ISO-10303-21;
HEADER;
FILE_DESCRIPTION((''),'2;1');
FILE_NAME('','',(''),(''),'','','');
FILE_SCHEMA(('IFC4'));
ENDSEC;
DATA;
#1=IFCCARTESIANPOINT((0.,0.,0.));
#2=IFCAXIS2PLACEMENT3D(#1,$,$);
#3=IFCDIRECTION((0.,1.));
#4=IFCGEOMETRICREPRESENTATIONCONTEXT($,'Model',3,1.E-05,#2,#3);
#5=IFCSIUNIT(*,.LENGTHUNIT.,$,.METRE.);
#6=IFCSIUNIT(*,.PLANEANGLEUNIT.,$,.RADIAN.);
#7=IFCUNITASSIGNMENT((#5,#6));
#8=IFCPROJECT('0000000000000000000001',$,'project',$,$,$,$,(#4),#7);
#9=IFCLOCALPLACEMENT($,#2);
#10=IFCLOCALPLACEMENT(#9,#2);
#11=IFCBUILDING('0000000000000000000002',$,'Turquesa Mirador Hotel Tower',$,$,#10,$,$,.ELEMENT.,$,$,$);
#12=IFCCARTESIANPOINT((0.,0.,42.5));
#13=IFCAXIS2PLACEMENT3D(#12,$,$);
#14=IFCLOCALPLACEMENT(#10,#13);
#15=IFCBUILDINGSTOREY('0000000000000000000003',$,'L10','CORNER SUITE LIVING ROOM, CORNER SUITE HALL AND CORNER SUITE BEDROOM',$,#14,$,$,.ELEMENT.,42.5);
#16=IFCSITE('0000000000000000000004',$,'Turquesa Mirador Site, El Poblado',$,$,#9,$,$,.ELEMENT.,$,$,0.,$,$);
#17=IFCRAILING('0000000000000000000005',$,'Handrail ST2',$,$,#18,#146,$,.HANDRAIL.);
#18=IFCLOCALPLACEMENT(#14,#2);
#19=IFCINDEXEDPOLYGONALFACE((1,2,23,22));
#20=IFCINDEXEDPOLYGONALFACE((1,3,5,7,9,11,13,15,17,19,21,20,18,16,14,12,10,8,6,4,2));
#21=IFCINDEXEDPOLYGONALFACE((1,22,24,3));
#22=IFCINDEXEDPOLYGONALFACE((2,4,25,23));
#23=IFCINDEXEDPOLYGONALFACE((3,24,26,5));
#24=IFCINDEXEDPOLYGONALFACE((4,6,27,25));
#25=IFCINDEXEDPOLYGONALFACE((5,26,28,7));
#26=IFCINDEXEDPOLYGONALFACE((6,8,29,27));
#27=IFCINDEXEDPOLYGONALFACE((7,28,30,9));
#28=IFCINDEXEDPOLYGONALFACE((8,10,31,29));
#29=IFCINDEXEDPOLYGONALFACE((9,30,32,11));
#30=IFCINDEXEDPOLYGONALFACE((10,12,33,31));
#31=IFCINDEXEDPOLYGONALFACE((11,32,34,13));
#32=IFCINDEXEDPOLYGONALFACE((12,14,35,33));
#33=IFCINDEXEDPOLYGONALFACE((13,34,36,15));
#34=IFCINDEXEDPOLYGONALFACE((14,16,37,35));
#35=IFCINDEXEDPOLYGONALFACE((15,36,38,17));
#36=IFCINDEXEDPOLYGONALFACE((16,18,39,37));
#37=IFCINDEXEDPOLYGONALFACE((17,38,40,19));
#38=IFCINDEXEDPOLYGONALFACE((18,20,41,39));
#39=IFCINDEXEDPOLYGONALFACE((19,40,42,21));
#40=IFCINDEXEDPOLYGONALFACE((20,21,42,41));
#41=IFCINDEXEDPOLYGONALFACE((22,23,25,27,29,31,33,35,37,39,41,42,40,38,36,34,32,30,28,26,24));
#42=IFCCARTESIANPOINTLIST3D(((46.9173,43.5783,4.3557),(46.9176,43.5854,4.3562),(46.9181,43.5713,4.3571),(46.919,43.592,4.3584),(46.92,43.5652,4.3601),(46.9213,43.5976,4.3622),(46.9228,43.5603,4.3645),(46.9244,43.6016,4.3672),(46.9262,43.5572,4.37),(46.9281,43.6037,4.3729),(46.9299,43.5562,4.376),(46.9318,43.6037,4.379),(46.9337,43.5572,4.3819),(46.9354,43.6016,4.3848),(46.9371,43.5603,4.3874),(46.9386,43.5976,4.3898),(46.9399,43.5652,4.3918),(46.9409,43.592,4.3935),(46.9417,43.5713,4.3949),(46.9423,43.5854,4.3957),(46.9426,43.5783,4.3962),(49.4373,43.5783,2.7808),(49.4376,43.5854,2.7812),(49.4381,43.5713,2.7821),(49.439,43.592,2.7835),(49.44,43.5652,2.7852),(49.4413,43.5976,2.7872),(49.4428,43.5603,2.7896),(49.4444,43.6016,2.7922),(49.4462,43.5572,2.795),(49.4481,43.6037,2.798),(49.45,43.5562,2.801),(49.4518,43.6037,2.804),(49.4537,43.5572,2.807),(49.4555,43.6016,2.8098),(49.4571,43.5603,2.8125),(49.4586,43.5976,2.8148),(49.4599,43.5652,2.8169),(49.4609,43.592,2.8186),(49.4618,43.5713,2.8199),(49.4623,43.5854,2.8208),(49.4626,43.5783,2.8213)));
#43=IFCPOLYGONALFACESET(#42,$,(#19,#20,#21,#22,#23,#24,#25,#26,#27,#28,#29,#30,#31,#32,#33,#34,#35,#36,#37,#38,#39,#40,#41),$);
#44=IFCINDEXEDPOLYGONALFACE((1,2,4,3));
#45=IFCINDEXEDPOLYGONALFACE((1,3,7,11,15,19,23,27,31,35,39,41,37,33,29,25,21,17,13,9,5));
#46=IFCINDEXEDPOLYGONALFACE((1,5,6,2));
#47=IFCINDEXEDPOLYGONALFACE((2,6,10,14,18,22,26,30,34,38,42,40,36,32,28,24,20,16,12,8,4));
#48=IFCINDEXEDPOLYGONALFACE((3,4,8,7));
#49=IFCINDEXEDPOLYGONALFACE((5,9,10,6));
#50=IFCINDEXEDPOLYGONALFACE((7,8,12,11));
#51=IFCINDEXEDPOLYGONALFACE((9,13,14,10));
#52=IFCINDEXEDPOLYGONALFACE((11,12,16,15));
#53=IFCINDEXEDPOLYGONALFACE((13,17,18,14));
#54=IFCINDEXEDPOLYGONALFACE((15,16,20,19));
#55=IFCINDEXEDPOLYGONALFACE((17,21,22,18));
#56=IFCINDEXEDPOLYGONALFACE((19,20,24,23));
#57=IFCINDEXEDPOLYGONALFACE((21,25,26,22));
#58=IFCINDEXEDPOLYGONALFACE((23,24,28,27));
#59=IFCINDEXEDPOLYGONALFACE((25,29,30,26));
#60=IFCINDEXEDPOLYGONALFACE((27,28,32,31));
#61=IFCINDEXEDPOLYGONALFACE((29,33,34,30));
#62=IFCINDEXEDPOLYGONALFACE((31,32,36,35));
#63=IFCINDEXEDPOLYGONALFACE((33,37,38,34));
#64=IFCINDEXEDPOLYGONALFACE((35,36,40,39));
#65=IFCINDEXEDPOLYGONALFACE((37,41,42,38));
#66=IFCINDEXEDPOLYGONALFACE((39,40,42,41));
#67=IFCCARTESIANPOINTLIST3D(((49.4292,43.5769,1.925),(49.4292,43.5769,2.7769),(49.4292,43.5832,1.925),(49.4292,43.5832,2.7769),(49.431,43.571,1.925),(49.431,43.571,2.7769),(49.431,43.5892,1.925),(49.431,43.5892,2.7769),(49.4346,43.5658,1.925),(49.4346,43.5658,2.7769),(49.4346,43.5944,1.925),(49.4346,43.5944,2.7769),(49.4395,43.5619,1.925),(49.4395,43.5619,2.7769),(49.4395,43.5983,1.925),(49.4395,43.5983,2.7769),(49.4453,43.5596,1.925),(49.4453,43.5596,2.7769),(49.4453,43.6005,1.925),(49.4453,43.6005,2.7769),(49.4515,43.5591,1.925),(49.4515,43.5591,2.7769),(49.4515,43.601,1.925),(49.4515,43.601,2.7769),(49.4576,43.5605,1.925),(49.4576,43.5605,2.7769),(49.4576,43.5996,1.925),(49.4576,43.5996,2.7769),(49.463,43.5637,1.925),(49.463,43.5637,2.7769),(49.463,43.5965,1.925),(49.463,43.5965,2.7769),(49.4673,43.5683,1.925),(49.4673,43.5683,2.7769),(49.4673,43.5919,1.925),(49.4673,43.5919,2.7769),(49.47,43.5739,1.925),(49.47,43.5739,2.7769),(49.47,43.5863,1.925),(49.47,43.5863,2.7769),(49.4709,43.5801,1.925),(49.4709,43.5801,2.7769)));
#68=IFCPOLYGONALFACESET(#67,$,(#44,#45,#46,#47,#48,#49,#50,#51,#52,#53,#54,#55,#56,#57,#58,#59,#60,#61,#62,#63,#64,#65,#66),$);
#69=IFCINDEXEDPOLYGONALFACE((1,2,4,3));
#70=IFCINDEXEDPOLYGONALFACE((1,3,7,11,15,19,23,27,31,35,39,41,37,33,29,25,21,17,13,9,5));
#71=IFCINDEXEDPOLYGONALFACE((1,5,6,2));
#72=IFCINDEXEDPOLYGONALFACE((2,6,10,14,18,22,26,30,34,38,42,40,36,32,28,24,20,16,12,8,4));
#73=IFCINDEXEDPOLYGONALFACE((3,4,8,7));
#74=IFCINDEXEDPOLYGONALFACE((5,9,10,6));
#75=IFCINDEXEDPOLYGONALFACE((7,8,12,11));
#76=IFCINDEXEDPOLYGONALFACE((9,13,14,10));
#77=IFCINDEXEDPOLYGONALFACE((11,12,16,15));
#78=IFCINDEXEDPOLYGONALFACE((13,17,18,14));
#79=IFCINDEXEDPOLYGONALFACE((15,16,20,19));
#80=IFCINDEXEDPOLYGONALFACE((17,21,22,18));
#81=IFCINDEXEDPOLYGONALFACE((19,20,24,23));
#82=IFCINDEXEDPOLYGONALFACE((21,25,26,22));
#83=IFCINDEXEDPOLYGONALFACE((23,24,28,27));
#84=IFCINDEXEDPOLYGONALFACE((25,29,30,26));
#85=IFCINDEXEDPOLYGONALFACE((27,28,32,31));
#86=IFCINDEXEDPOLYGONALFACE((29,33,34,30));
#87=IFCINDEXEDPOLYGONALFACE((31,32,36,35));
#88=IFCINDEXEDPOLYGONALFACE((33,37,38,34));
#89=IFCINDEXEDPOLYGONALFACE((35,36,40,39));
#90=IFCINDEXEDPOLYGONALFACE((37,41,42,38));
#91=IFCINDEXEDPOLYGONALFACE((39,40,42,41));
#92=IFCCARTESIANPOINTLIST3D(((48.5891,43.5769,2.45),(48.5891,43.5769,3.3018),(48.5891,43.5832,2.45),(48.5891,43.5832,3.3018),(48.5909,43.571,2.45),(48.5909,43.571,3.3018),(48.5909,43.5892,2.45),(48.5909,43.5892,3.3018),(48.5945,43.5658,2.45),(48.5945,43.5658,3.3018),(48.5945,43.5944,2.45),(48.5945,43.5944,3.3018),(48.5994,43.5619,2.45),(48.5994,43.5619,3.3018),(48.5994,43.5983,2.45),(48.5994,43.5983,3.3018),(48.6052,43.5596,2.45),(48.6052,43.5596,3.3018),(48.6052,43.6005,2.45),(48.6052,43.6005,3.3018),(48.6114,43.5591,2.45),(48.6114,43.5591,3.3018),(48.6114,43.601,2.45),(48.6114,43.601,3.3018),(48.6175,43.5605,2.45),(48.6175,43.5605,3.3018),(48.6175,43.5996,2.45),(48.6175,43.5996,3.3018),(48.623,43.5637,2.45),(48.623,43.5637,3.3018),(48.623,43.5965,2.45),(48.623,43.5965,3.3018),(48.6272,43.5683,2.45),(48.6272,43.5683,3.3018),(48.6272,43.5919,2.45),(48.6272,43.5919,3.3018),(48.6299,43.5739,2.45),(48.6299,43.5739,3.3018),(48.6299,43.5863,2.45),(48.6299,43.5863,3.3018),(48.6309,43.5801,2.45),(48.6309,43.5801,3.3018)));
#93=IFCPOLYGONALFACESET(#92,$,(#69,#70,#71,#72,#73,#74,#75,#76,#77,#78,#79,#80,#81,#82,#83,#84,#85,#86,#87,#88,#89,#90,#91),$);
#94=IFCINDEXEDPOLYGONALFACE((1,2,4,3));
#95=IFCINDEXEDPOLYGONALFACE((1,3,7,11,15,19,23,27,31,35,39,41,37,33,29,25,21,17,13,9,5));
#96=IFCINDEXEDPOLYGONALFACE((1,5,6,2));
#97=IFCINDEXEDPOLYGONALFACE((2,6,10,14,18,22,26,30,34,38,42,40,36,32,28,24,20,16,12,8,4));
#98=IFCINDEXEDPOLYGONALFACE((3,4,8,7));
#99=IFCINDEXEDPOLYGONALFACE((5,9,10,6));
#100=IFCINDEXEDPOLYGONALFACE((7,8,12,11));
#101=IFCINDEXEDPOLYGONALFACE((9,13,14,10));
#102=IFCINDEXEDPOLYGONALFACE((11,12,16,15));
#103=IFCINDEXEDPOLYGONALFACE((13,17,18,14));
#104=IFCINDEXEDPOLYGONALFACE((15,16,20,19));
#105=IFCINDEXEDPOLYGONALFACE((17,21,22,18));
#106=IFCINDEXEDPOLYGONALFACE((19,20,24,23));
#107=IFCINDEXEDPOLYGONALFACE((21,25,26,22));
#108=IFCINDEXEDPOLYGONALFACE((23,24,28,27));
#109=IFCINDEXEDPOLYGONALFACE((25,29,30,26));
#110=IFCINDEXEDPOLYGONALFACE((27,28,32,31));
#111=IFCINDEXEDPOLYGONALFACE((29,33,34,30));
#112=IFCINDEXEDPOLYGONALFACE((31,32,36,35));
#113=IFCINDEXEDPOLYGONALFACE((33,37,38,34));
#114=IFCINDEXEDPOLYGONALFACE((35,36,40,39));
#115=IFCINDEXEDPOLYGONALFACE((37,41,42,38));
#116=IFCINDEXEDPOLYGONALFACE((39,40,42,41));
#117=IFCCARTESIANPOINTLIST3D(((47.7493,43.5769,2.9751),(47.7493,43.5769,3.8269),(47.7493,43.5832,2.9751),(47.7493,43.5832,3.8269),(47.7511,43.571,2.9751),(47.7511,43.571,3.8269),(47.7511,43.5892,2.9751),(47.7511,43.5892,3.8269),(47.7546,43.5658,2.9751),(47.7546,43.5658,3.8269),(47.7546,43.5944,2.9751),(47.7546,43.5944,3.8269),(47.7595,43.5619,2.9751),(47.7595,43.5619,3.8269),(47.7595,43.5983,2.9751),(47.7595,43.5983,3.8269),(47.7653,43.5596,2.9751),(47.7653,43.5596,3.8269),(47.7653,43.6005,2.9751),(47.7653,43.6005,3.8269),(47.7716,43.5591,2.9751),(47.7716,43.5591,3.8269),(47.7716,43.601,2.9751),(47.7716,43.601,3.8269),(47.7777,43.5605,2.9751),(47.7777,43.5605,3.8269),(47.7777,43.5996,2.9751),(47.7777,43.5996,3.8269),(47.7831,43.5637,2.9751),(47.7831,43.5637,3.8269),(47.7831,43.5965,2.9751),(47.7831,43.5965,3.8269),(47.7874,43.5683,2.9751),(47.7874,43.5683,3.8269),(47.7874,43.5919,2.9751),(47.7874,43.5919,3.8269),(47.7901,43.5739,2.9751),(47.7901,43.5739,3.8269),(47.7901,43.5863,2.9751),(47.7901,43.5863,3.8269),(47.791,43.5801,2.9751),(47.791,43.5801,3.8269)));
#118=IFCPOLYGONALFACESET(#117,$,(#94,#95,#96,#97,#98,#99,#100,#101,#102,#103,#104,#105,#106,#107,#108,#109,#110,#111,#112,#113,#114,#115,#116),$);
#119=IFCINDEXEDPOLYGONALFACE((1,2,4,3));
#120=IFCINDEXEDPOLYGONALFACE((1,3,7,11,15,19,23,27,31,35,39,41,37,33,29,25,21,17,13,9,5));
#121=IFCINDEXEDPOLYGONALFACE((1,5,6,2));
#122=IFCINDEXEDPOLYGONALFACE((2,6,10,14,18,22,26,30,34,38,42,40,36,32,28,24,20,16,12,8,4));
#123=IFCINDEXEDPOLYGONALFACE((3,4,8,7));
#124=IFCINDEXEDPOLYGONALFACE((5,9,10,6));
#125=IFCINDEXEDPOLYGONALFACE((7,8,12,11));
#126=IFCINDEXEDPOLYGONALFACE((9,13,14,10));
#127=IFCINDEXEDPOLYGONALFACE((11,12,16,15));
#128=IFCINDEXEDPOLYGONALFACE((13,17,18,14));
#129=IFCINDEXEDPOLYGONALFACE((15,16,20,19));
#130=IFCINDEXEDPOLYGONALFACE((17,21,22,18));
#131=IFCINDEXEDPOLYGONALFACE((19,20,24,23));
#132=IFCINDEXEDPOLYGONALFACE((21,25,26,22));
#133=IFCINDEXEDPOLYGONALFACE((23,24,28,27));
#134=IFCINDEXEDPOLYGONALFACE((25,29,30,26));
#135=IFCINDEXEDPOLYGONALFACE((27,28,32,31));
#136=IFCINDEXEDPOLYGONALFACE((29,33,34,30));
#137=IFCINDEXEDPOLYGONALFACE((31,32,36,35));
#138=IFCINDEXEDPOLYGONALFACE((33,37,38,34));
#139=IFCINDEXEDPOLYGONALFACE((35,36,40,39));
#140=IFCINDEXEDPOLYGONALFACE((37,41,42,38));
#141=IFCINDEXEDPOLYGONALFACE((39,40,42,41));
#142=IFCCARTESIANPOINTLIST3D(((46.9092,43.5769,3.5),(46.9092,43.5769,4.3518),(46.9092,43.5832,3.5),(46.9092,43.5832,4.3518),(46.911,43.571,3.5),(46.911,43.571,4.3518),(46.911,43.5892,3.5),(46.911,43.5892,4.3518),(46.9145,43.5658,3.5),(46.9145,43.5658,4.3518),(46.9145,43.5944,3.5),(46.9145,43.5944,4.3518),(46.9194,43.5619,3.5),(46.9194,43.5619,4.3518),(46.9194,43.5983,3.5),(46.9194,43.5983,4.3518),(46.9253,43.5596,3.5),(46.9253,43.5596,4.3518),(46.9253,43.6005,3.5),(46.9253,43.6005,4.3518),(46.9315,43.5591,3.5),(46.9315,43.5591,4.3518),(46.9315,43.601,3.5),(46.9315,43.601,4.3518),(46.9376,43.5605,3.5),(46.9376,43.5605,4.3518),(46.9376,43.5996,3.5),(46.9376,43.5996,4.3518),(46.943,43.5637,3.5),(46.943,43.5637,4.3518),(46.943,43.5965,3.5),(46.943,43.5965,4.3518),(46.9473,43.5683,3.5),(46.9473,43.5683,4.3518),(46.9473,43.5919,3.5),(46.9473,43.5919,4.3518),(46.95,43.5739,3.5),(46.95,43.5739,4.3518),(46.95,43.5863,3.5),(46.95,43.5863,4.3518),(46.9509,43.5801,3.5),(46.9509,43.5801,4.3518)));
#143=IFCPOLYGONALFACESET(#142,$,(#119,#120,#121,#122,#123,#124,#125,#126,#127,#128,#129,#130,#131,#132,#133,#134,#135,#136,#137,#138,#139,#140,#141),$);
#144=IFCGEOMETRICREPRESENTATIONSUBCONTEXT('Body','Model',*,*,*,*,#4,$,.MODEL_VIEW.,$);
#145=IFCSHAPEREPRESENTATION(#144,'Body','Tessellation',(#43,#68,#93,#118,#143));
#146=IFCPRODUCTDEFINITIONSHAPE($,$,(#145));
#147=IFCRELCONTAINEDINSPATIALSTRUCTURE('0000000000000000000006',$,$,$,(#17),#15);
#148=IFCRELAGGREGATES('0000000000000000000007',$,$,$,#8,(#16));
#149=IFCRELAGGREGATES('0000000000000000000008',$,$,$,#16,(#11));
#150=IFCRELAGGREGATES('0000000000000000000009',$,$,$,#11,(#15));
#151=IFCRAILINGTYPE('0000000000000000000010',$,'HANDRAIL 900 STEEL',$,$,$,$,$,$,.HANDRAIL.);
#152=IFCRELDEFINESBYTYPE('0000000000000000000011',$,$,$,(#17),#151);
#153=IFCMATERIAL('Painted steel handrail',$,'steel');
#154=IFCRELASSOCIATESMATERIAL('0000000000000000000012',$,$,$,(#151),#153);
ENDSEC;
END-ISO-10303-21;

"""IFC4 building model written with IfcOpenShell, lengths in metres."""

from ifc_helpers import new_model, si_unit, direction, frame, origin, origin_2d, place, context, subcontext, project, spatial, circle, extrude, material, type_object, element, save


model = new_model("IFC4")

# Units and contexts
model_context = context("Model", 3, precision=1e-05, world=origin(), true_north=direction((0.0, 1.0)))
body_context = subcontext(model_context, "Body", "Model", "MODEL_VIEW")
ifc_project = project(units=[si_unit("LENGTHUNIT", "METRE"), si_unit("PLANEANGLEUNIT", "RADIAN")], contexts=[model_context])

# Site, building, storey
site_placement = place(None, origin())
site = spatial("IfcSite", under=ifc_project, at=site_placement, Name="Turquesa Mirador Site, El Poblado", CompositionType="ELEMENT", RefElevation=0.0)
building_placement = place(site_placement, origin())
building = spatial("IfcBuilding", under=site, at=building_placement, Name="Turquesa Mirador Hotel Tower", CompositionType="ELEMENT")
storey_placement = place(building_placement, frame((0.0, 0.0, 42.5)))
storey = spatial("IfcBuildingStorey", under=building, at=storey_placement, Name="L10", Description="CORNER SUITE LIVING ROOM, CORNER SUITE HALL AND CORNER SUITE BEDROOM", CompositionType="ELEMENT", Elevation=42.5)

# Railing
ifc_material_1 = material(Name="Painted steel handrail", Category="steel")
railing_type = type_object("IfcRailingType", Name="HANDRAIL 900 STEEL", PredefinedType="HANDRAIL", material=ifc_material_1)
railing_placement = place(storey_placement, frame((49.45, 43.5801, 1.925)))
element("IfcRailing", 1, at=railing_placement, inside=storey, type_object=railing_type, Name="Handrail ST2", PredefinedType="HANDRAIL", context=body_context, shape_type="SweptSolid", body=[
    extrude(circle(Radius=0.0239, at=origin_2d()), frame((0.0, 0.0, 0.876), z_axis=(-0.848008, 0.0, 0.529984), x_axis=(0.0, -1.0, 0.0)), (0.0, 0.0, 1.0), 2.9717),
    extrude(circle(Radius=0.021, at=origin_2d()), origin(), (0.0, 0.0, 1.0), 0.8518),
    extrude(circle(Radius=0.021, at=origin_2d()), frame((-0.8401, 0.0, 0.5249)), (0.0, 0.0, 1.0), 0.8518),
    extrude(circle(Radius=0.021, at=origin_2d()), frame((-1.6799, 0.0, 1.05)), (0.0, 0.0, 1.0), 0.8518),
    extrude(circle(Radius=0.021, at=origin_2d()), frame((-2.52, 0.0, 1.575)), (0.0, 0.0, 1.0), 0.8518),
])

save(model, "model.ifc")
